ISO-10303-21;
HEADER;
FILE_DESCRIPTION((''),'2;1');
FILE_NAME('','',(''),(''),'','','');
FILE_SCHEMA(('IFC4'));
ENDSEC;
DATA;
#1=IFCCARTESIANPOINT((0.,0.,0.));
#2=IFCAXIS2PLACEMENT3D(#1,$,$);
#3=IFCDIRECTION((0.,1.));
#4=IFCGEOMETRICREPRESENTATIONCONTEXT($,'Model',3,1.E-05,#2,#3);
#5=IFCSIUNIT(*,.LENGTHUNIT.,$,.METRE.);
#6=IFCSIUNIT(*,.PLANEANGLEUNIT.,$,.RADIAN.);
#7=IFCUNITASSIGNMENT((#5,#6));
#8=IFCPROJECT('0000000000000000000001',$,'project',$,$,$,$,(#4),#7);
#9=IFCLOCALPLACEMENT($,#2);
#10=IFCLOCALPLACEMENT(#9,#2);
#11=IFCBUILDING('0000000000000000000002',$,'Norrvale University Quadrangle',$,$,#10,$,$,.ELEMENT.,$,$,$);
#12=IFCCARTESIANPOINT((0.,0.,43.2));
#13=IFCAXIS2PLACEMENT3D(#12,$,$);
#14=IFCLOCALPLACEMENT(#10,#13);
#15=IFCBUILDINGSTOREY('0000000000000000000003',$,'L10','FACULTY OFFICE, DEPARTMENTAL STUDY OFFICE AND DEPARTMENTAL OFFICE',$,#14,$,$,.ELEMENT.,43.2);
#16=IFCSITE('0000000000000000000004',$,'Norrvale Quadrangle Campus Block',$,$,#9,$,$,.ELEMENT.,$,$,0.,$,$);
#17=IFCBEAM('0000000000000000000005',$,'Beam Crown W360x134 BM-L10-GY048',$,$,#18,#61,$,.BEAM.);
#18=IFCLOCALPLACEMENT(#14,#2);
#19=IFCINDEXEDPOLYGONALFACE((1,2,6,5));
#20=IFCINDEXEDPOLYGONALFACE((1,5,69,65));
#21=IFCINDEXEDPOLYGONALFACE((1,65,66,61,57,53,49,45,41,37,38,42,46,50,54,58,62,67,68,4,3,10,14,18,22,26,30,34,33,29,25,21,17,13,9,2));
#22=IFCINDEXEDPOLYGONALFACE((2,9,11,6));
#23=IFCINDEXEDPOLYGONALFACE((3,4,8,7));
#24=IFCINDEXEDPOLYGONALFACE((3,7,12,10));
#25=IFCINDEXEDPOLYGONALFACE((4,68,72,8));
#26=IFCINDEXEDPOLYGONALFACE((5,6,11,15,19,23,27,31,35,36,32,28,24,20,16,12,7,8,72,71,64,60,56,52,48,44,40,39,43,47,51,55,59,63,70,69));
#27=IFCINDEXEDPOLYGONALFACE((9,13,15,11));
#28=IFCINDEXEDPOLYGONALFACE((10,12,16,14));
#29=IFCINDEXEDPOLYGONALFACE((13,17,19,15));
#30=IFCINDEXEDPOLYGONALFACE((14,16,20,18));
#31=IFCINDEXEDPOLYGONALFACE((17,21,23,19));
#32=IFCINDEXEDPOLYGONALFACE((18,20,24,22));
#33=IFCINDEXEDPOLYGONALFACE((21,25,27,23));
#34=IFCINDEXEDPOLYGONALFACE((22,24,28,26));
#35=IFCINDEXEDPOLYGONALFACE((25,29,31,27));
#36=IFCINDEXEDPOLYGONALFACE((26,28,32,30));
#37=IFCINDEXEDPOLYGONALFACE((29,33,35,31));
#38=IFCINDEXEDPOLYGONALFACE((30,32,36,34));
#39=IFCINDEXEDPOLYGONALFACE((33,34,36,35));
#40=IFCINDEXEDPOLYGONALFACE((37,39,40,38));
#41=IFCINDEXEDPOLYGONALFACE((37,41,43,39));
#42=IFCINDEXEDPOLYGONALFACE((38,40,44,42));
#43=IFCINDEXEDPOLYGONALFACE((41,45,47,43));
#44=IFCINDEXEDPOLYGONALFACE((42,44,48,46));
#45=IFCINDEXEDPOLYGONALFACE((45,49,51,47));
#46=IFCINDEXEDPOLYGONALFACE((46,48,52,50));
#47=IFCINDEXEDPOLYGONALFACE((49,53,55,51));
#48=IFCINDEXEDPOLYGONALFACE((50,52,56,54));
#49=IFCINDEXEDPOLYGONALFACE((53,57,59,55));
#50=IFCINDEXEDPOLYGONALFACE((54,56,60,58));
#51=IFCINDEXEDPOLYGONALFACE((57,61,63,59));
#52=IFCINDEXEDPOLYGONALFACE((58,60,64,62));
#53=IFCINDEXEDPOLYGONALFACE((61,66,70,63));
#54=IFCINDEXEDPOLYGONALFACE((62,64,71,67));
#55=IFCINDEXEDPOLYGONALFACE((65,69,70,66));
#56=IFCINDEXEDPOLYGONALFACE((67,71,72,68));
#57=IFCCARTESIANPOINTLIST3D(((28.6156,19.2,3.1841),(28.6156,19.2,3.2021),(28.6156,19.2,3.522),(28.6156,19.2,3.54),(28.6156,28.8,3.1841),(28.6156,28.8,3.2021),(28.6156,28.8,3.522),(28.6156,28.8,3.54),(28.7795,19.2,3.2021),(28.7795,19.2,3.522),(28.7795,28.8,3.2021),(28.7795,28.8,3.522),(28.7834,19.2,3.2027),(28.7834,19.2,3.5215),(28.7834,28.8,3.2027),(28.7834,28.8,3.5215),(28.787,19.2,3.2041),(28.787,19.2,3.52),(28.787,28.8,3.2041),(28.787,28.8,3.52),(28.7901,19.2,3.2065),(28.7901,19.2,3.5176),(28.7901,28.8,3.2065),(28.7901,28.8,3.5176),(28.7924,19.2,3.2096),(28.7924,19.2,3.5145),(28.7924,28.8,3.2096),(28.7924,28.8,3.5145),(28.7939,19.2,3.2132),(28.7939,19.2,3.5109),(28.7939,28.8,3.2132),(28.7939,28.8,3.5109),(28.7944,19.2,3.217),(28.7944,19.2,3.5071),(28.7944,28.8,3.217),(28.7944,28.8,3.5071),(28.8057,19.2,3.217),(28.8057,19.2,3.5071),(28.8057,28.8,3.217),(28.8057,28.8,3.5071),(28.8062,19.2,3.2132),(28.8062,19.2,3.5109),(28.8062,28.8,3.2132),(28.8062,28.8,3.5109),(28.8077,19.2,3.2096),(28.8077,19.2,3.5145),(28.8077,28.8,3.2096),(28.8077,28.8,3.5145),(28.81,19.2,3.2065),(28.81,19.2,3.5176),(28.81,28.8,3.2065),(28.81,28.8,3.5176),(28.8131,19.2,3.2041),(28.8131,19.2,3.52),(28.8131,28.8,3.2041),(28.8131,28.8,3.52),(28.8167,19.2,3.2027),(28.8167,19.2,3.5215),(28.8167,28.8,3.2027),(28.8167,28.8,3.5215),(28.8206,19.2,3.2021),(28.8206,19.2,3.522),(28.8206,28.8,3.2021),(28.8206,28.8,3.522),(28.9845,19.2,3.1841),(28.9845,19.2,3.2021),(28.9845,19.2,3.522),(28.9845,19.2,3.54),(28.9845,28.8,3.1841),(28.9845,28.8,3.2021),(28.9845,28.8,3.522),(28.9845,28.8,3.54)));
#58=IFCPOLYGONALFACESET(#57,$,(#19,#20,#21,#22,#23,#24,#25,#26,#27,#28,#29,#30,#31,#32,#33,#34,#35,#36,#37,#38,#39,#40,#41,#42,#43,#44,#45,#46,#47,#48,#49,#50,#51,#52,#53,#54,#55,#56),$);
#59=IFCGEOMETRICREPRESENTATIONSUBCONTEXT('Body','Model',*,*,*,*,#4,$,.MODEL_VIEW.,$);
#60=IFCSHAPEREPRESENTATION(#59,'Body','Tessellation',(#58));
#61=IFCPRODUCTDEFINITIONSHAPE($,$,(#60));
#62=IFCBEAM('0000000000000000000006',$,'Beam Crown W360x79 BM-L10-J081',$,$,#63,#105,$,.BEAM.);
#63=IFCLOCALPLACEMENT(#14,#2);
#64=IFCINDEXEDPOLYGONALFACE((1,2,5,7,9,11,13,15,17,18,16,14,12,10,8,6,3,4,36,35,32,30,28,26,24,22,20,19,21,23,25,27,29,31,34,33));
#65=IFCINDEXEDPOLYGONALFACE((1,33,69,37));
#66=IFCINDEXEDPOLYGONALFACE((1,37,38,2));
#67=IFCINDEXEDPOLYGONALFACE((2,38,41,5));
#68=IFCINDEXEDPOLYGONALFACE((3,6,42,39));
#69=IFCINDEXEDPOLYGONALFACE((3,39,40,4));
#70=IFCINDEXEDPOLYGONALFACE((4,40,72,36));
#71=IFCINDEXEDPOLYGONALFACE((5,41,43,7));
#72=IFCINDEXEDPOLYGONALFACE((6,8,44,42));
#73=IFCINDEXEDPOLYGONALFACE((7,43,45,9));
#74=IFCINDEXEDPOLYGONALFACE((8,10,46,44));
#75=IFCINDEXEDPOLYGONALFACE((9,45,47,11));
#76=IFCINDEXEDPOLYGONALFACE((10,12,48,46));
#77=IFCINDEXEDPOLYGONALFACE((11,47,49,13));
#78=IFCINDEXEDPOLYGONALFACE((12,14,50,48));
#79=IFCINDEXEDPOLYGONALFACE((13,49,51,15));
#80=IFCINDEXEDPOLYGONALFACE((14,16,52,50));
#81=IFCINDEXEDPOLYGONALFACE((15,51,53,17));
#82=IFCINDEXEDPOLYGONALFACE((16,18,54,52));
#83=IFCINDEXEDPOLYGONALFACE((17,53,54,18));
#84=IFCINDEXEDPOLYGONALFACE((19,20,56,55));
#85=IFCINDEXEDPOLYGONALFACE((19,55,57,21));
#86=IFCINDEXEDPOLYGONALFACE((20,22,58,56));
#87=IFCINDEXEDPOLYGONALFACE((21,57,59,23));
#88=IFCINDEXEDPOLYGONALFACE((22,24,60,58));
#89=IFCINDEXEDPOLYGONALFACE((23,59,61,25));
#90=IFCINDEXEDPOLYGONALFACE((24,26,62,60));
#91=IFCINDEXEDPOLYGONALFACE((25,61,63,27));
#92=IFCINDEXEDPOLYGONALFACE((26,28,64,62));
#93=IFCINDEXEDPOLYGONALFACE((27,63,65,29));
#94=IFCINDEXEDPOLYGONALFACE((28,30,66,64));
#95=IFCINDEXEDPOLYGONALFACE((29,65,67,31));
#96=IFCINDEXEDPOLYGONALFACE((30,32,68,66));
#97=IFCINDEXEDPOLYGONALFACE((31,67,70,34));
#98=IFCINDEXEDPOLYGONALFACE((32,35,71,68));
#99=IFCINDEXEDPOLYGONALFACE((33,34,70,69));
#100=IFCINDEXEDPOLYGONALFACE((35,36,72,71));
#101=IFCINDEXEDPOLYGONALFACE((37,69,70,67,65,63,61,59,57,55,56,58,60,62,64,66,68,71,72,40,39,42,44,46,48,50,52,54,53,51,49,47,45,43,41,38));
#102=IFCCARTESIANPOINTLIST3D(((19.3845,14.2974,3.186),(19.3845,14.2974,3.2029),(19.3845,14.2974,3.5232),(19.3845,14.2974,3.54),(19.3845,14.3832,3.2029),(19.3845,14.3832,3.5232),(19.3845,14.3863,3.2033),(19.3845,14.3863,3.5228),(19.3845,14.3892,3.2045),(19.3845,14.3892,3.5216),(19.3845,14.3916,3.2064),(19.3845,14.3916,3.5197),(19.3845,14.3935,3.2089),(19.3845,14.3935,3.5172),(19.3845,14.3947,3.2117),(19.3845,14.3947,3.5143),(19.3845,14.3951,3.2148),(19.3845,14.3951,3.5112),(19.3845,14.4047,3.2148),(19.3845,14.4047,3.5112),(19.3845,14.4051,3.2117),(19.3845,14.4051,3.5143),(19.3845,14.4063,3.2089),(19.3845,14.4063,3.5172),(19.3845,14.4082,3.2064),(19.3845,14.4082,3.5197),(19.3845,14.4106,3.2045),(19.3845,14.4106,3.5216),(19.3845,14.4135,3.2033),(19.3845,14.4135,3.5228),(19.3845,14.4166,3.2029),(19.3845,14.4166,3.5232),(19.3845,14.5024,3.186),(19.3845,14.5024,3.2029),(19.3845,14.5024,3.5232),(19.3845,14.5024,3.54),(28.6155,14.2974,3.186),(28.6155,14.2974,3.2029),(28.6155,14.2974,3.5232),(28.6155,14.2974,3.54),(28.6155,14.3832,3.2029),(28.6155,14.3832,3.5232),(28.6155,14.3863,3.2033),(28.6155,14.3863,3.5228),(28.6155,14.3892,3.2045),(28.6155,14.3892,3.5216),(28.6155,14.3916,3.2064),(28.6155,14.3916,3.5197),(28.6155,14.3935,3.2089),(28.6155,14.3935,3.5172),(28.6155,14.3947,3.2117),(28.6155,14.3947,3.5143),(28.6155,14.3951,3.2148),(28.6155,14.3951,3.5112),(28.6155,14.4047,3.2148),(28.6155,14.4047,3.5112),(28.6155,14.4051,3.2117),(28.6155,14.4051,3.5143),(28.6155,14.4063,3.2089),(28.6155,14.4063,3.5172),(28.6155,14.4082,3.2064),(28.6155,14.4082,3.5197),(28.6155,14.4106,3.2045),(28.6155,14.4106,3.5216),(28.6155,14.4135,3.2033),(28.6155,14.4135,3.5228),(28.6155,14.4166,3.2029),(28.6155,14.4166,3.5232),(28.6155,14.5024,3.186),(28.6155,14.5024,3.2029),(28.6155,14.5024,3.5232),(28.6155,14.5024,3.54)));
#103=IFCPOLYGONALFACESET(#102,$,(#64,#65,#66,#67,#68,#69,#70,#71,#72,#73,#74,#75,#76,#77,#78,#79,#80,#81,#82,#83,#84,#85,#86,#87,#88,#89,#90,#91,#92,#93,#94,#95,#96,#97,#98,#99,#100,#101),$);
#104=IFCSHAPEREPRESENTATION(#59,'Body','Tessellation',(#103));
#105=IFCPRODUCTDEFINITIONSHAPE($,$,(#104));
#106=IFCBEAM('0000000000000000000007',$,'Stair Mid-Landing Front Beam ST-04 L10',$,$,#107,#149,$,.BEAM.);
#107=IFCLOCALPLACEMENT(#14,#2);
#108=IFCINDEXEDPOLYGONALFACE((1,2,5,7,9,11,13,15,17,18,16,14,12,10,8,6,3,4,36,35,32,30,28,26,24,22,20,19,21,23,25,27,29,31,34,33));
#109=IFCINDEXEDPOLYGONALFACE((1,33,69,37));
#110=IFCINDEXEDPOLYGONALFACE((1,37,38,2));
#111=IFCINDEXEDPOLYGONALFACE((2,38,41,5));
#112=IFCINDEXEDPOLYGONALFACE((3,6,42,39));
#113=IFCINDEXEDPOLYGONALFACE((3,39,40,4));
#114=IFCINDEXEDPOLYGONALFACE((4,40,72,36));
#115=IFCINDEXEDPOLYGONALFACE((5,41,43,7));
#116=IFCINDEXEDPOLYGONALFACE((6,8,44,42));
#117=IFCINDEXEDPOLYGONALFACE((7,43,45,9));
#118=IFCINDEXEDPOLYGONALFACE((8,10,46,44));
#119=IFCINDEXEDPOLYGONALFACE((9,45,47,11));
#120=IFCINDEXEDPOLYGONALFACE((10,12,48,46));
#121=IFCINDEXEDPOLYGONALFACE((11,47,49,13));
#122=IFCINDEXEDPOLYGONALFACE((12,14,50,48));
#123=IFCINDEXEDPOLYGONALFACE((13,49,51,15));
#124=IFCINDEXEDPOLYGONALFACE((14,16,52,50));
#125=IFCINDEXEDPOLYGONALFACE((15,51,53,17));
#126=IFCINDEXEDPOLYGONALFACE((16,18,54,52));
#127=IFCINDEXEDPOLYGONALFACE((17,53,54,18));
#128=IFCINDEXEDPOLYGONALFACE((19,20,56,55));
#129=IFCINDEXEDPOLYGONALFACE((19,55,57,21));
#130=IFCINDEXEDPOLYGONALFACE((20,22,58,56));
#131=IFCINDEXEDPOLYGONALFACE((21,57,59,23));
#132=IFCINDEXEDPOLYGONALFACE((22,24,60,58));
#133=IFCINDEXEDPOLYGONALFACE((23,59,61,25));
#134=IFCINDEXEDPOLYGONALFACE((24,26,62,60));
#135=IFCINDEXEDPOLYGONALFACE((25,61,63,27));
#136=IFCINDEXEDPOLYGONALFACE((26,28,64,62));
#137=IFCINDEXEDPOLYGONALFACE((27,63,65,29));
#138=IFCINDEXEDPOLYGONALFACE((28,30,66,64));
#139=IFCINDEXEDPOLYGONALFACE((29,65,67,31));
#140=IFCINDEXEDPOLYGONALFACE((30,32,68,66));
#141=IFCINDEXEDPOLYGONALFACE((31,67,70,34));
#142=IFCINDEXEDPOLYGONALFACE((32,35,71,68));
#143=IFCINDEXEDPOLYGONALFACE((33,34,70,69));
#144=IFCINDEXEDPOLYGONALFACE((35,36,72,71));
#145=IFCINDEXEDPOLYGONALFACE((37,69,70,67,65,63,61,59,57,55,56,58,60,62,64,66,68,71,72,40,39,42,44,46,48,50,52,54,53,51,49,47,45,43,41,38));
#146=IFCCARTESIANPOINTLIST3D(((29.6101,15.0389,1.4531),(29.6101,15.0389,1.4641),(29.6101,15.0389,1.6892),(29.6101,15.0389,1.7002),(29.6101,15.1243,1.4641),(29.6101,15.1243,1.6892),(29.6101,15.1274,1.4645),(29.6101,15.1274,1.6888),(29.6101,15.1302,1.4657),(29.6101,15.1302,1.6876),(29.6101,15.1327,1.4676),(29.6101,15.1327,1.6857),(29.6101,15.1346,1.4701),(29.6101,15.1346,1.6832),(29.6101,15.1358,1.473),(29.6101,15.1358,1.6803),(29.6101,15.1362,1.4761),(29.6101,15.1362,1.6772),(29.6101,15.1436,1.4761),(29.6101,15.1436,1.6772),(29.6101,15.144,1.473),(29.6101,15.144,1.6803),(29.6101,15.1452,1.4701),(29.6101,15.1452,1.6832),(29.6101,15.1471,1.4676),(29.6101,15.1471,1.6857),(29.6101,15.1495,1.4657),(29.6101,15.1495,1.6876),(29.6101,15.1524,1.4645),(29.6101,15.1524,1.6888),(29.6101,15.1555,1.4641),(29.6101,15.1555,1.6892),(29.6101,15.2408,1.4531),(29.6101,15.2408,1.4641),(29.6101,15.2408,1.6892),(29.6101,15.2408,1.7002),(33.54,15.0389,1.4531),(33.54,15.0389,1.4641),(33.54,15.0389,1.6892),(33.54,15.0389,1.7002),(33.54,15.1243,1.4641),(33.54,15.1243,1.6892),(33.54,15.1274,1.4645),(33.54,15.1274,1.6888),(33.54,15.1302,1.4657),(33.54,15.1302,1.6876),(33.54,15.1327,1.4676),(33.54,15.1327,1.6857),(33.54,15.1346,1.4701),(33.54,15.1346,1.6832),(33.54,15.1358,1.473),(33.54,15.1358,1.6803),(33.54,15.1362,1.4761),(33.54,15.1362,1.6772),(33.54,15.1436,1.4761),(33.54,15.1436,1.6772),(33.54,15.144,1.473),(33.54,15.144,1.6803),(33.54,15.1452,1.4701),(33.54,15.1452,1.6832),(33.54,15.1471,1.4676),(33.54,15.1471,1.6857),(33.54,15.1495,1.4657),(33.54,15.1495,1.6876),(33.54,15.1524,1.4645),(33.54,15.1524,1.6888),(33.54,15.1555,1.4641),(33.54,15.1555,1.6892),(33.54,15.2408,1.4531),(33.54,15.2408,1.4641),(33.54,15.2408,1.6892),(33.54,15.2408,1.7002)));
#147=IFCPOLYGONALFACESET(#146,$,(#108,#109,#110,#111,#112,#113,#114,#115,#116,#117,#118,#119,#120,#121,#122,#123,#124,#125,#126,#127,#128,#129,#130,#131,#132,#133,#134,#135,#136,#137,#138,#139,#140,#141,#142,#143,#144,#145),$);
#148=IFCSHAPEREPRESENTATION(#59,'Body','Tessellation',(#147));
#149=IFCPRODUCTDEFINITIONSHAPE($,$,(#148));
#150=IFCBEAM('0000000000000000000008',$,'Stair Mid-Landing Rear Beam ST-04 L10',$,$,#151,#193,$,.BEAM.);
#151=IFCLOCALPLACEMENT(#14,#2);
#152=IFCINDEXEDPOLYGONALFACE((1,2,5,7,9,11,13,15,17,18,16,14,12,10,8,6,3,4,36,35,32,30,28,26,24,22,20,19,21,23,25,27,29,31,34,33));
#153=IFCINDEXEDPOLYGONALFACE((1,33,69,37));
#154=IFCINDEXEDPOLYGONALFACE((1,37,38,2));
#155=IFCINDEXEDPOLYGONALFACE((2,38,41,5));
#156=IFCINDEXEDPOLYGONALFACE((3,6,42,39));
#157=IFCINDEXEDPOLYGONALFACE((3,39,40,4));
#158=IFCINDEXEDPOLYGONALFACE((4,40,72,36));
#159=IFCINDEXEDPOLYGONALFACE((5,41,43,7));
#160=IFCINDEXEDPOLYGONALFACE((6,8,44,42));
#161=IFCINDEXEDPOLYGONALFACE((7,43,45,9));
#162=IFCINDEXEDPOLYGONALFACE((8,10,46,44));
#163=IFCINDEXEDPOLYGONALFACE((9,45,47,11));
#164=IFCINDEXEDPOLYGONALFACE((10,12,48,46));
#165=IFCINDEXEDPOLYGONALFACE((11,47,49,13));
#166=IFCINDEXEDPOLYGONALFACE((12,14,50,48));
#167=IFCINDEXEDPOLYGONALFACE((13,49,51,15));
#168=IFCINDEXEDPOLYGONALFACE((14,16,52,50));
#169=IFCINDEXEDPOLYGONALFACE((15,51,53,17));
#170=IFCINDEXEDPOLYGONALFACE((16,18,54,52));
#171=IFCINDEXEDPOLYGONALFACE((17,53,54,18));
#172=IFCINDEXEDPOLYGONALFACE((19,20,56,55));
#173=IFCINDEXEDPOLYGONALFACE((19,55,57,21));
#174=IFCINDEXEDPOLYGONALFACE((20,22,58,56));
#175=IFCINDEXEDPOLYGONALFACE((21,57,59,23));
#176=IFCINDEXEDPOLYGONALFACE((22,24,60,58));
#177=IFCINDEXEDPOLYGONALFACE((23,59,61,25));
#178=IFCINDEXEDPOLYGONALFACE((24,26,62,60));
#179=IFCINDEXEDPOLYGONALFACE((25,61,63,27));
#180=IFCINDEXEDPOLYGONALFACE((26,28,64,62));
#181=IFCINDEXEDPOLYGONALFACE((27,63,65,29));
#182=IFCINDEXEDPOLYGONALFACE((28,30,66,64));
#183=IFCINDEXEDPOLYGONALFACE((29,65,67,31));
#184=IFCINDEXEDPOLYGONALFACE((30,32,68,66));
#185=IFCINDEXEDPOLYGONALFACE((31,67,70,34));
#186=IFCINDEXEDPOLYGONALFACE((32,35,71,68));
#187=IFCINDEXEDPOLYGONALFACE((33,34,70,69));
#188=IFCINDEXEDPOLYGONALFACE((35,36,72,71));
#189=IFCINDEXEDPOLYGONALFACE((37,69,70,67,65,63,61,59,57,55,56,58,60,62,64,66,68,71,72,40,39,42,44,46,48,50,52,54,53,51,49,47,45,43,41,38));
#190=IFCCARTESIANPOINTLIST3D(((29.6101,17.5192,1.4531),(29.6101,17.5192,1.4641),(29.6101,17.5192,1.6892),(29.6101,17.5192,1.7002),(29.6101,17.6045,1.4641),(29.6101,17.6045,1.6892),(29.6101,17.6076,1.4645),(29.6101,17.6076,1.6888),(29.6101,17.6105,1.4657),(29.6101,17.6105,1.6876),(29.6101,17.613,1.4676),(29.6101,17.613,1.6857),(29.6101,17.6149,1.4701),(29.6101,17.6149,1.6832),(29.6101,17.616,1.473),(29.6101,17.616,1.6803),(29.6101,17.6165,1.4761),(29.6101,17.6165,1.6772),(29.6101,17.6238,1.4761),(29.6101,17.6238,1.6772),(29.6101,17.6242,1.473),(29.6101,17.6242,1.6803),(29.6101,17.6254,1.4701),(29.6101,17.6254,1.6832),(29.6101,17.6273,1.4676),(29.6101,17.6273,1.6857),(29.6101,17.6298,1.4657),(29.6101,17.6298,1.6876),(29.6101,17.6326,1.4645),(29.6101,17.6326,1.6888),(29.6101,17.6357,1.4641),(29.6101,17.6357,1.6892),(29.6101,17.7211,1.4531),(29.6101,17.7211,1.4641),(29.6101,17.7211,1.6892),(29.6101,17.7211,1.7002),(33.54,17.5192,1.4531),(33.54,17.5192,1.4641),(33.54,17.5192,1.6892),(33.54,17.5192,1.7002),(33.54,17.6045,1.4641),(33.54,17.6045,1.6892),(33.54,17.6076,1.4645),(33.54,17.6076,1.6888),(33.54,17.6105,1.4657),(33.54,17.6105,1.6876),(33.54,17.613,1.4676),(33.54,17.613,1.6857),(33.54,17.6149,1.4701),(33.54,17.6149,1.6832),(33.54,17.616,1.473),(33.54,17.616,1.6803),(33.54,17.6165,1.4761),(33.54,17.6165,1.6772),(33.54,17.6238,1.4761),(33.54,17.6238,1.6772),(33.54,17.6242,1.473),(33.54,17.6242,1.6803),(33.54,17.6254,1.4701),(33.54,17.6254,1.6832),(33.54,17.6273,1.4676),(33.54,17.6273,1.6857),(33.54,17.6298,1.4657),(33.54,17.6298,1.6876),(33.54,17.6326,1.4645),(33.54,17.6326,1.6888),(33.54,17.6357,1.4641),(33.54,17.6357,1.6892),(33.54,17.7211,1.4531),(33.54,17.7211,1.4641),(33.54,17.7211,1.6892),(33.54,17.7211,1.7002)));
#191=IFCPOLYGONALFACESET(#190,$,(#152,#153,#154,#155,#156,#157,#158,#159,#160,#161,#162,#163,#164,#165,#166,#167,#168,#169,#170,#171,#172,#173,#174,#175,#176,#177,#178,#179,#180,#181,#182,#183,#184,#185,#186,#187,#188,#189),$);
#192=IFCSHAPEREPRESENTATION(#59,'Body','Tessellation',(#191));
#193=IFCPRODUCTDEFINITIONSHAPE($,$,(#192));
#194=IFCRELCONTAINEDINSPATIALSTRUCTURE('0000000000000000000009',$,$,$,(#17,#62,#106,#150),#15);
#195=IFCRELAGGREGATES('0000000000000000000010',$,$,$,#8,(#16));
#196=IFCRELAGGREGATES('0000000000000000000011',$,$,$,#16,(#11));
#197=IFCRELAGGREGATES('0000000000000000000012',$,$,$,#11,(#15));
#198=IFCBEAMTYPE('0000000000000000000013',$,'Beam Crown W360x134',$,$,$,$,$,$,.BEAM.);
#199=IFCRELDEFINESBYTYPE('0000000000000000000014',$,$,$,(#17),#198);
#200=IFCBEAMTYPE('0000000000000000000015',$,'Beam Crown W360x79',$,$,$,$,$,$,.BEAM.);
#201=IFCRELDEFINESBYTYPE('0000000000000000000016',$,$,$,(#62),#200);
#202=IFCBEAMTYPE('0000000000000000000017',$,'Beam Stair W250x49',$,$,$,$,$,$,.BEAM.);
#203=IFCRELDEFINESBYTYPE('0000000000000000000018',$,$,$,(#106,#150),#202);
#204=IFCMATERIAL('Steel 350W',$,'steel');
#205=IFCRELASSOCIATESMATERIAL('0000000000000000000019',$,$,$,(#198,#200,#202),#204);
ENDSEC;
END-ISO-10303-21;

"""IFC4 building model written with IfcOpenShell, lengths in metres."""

from ifc_helpers import new_model, si_unit, direction, frame, origin, origin_2d, place, context, subcontext, project, spatial, i_section, extrude, material, material_profile, profile_set, type_object, element, save


model = new_model("IFC4")

# Units and contexts
model_context = context("Model", 3, precision=1e-05, world=origin(), true_north=direction((0.0, 1.0)))
body_context = subcontext(model_context, "Body", "Model", "MODEL_VIEW")
ifc_project = project(units=[si_unit("LENGTHUNIT", "METRE"), si_unit("PLANEANGLEUNIT", "RADIAN")], contexts=[model_context])

# Site, building, storey
site_placement = place(None, origin())
site = spatial("IfcSite", under=ifc_project, at=site_placement, Name="Norrvale Quadrangle Campus Block", CompositionType="ELEMENT", RefElevation=0.0)
building_placement = place(site_placement, origin())
building = spatial("IfcBuilding", under=site, at=building_placement, Name="Norrvale University Quadrangle", CompositionType="ELEMENT")
storey_placement = place(building_placement, frame((0.0, 0.0, 43.2)))
storey = spatial("IfcBuildingStorey", under=building, at=storey_placement, Name="L10", Description="FACULTY OFFICE, DEPARTMENTAL STUDY OFFICE AND DEPARTMENTAL OFFICE", CompositionType="ELEMENT", Elevation=43.2)

# Beams
ifc_material_1 = material(Name="Steel 350W", Category="steel")
ifc_material_profile_1 = material_profile(ifc_material_1, i_section(OverallWidth=0.3689, OverallDepth=0.356, WebThickness=0.0112, FlangeThickness=0.0181, FilletRadius=0.0149, at=origin_2d()), Name="Steel 350W")
ifc_profile_set_1 = profile_set([ifc_material_profile_1], Name="Steel 350W")
beam_type_1 = type_object("IfcBeamType", Name="Beam Crown W360x134", PredefinedType="BEAM", material=ifc_profile_set_1)
for number, where, z_axis, x_axis, name in (
    (1, (28.8, 19.2, 3.3621), (0.0, 1.0, 0.0), (-1.0, 0.0, 0.0), "Beam Crown W360x134 BM-L10-GY048"),
):
    element("IfcBeam", number, at=place(storey_placement, frame(where, z_axis=z_axis, x_axis=x_axis)), inside=storey, type_object=beam_type_1, Name=name, PredefinedType="BEAM", context=body_context, shape_type="SweptSolid", body=[
        extrude(i_section(OverallWidth=0.3689, OverallDepth=0.356, WebThickness=0.0112, FlangeThickness=0.0181, FilletRadius=0.0149, at=origin_2d()), origin(), (0.0, 0.0, 1.0), 9.6001),
    ])
ifc_material_profile_2 = material_profile(ifc_material_1, i_section(OverallWidth=0.2051, OverallDepth=0.354, WebThickness=0.0095, FlangeThickness=0.0168, FilletRadius=0.012, at=origin_2d()), Name="Steel 350W")
ifc_profile_set_2 = profile_set([ifc_material_profile_2], Name="Steel 350W")
beam_type_2 = type_object("IfcBeamType", Name="Beam Crown W360x79", PredefinedType="BEAM", material=ifc_profile_set_2)
beam_1_placement = place(storey_placement, frame((19.3845, 14.3999, 3.363), z_axis=(1.0, 0.0, 0.0), x_axis=(0.0, 1.0, 0.0)))
element("IfcBeam", 2, at=beam_1_placement, inside=storey, type_object=beam_type_2, Name="Beam Crown W360x79 BM-L10-J081", PredefinedType="BEAM", context=body_context, shape_type="SweptSolid", body=[
    extrude(i_section(OverallWidth=0.2051, OverallDepth=0.354, WebThickness=0.0095, FlangeThickness=0.0168, FilletRadius=0.012, at=origin_2d()), origin(), (0.0, 0.0, 1.0), 9.231),
])
ifc_material_profile_3 = material_profile(ifc_material_1, i_section(OverallWidth=0.2019, OverallDepth=0.2471, WebThickness=0.0073, FlangeThickness=0.011, FilletRadius=0.012, at=origin_2d()), Name="Steel 350W")
ifc_profile_set_3 = profile_set([ifc_material_profile_3], Name="Steel 350W")
beam_type_3 = type_object("IfcBeamType", Name="Beam Stair W250x49", PredefinedType="BEAM", material=ifc_profile_set_3)
for number, where, z_axis, x_axis, name in (
    (3, (29.6101, 15.1399, 1.5767), (1.0, 0.0, 0.0), (0.0, 1.0, 0.0), "Stair Mid-Landing Front Beam ST-04 L10"),
    (4, (29.6101, 17.6201, 1.5767), (1.0, 0.0, 0.0), (0.0, 1.0, 0.0), "Stair Mid-Landing Rear Beam ST-04 L10"),
):
    element("IfcBeam", number, at=place(storey_placement, frame(where, z_axis=z_axis, x_axis=x_axis)), inside=storey, type_object=beam_type_3, Name=name, PredefinedType="BEAM", context=body_context, shape_type="SweptSolid", body=[
        extrude(i_section(OverallWidth=0.2019, OverallDepth=0.2471, WebThickness=0.0073, FlangeThickness=0.011, FilletRadius=0.012, at=origin_2d()), origin(), (0.0, 0.0, 1.0), 3.9299),
    ])

save(model, "model.ifc")
